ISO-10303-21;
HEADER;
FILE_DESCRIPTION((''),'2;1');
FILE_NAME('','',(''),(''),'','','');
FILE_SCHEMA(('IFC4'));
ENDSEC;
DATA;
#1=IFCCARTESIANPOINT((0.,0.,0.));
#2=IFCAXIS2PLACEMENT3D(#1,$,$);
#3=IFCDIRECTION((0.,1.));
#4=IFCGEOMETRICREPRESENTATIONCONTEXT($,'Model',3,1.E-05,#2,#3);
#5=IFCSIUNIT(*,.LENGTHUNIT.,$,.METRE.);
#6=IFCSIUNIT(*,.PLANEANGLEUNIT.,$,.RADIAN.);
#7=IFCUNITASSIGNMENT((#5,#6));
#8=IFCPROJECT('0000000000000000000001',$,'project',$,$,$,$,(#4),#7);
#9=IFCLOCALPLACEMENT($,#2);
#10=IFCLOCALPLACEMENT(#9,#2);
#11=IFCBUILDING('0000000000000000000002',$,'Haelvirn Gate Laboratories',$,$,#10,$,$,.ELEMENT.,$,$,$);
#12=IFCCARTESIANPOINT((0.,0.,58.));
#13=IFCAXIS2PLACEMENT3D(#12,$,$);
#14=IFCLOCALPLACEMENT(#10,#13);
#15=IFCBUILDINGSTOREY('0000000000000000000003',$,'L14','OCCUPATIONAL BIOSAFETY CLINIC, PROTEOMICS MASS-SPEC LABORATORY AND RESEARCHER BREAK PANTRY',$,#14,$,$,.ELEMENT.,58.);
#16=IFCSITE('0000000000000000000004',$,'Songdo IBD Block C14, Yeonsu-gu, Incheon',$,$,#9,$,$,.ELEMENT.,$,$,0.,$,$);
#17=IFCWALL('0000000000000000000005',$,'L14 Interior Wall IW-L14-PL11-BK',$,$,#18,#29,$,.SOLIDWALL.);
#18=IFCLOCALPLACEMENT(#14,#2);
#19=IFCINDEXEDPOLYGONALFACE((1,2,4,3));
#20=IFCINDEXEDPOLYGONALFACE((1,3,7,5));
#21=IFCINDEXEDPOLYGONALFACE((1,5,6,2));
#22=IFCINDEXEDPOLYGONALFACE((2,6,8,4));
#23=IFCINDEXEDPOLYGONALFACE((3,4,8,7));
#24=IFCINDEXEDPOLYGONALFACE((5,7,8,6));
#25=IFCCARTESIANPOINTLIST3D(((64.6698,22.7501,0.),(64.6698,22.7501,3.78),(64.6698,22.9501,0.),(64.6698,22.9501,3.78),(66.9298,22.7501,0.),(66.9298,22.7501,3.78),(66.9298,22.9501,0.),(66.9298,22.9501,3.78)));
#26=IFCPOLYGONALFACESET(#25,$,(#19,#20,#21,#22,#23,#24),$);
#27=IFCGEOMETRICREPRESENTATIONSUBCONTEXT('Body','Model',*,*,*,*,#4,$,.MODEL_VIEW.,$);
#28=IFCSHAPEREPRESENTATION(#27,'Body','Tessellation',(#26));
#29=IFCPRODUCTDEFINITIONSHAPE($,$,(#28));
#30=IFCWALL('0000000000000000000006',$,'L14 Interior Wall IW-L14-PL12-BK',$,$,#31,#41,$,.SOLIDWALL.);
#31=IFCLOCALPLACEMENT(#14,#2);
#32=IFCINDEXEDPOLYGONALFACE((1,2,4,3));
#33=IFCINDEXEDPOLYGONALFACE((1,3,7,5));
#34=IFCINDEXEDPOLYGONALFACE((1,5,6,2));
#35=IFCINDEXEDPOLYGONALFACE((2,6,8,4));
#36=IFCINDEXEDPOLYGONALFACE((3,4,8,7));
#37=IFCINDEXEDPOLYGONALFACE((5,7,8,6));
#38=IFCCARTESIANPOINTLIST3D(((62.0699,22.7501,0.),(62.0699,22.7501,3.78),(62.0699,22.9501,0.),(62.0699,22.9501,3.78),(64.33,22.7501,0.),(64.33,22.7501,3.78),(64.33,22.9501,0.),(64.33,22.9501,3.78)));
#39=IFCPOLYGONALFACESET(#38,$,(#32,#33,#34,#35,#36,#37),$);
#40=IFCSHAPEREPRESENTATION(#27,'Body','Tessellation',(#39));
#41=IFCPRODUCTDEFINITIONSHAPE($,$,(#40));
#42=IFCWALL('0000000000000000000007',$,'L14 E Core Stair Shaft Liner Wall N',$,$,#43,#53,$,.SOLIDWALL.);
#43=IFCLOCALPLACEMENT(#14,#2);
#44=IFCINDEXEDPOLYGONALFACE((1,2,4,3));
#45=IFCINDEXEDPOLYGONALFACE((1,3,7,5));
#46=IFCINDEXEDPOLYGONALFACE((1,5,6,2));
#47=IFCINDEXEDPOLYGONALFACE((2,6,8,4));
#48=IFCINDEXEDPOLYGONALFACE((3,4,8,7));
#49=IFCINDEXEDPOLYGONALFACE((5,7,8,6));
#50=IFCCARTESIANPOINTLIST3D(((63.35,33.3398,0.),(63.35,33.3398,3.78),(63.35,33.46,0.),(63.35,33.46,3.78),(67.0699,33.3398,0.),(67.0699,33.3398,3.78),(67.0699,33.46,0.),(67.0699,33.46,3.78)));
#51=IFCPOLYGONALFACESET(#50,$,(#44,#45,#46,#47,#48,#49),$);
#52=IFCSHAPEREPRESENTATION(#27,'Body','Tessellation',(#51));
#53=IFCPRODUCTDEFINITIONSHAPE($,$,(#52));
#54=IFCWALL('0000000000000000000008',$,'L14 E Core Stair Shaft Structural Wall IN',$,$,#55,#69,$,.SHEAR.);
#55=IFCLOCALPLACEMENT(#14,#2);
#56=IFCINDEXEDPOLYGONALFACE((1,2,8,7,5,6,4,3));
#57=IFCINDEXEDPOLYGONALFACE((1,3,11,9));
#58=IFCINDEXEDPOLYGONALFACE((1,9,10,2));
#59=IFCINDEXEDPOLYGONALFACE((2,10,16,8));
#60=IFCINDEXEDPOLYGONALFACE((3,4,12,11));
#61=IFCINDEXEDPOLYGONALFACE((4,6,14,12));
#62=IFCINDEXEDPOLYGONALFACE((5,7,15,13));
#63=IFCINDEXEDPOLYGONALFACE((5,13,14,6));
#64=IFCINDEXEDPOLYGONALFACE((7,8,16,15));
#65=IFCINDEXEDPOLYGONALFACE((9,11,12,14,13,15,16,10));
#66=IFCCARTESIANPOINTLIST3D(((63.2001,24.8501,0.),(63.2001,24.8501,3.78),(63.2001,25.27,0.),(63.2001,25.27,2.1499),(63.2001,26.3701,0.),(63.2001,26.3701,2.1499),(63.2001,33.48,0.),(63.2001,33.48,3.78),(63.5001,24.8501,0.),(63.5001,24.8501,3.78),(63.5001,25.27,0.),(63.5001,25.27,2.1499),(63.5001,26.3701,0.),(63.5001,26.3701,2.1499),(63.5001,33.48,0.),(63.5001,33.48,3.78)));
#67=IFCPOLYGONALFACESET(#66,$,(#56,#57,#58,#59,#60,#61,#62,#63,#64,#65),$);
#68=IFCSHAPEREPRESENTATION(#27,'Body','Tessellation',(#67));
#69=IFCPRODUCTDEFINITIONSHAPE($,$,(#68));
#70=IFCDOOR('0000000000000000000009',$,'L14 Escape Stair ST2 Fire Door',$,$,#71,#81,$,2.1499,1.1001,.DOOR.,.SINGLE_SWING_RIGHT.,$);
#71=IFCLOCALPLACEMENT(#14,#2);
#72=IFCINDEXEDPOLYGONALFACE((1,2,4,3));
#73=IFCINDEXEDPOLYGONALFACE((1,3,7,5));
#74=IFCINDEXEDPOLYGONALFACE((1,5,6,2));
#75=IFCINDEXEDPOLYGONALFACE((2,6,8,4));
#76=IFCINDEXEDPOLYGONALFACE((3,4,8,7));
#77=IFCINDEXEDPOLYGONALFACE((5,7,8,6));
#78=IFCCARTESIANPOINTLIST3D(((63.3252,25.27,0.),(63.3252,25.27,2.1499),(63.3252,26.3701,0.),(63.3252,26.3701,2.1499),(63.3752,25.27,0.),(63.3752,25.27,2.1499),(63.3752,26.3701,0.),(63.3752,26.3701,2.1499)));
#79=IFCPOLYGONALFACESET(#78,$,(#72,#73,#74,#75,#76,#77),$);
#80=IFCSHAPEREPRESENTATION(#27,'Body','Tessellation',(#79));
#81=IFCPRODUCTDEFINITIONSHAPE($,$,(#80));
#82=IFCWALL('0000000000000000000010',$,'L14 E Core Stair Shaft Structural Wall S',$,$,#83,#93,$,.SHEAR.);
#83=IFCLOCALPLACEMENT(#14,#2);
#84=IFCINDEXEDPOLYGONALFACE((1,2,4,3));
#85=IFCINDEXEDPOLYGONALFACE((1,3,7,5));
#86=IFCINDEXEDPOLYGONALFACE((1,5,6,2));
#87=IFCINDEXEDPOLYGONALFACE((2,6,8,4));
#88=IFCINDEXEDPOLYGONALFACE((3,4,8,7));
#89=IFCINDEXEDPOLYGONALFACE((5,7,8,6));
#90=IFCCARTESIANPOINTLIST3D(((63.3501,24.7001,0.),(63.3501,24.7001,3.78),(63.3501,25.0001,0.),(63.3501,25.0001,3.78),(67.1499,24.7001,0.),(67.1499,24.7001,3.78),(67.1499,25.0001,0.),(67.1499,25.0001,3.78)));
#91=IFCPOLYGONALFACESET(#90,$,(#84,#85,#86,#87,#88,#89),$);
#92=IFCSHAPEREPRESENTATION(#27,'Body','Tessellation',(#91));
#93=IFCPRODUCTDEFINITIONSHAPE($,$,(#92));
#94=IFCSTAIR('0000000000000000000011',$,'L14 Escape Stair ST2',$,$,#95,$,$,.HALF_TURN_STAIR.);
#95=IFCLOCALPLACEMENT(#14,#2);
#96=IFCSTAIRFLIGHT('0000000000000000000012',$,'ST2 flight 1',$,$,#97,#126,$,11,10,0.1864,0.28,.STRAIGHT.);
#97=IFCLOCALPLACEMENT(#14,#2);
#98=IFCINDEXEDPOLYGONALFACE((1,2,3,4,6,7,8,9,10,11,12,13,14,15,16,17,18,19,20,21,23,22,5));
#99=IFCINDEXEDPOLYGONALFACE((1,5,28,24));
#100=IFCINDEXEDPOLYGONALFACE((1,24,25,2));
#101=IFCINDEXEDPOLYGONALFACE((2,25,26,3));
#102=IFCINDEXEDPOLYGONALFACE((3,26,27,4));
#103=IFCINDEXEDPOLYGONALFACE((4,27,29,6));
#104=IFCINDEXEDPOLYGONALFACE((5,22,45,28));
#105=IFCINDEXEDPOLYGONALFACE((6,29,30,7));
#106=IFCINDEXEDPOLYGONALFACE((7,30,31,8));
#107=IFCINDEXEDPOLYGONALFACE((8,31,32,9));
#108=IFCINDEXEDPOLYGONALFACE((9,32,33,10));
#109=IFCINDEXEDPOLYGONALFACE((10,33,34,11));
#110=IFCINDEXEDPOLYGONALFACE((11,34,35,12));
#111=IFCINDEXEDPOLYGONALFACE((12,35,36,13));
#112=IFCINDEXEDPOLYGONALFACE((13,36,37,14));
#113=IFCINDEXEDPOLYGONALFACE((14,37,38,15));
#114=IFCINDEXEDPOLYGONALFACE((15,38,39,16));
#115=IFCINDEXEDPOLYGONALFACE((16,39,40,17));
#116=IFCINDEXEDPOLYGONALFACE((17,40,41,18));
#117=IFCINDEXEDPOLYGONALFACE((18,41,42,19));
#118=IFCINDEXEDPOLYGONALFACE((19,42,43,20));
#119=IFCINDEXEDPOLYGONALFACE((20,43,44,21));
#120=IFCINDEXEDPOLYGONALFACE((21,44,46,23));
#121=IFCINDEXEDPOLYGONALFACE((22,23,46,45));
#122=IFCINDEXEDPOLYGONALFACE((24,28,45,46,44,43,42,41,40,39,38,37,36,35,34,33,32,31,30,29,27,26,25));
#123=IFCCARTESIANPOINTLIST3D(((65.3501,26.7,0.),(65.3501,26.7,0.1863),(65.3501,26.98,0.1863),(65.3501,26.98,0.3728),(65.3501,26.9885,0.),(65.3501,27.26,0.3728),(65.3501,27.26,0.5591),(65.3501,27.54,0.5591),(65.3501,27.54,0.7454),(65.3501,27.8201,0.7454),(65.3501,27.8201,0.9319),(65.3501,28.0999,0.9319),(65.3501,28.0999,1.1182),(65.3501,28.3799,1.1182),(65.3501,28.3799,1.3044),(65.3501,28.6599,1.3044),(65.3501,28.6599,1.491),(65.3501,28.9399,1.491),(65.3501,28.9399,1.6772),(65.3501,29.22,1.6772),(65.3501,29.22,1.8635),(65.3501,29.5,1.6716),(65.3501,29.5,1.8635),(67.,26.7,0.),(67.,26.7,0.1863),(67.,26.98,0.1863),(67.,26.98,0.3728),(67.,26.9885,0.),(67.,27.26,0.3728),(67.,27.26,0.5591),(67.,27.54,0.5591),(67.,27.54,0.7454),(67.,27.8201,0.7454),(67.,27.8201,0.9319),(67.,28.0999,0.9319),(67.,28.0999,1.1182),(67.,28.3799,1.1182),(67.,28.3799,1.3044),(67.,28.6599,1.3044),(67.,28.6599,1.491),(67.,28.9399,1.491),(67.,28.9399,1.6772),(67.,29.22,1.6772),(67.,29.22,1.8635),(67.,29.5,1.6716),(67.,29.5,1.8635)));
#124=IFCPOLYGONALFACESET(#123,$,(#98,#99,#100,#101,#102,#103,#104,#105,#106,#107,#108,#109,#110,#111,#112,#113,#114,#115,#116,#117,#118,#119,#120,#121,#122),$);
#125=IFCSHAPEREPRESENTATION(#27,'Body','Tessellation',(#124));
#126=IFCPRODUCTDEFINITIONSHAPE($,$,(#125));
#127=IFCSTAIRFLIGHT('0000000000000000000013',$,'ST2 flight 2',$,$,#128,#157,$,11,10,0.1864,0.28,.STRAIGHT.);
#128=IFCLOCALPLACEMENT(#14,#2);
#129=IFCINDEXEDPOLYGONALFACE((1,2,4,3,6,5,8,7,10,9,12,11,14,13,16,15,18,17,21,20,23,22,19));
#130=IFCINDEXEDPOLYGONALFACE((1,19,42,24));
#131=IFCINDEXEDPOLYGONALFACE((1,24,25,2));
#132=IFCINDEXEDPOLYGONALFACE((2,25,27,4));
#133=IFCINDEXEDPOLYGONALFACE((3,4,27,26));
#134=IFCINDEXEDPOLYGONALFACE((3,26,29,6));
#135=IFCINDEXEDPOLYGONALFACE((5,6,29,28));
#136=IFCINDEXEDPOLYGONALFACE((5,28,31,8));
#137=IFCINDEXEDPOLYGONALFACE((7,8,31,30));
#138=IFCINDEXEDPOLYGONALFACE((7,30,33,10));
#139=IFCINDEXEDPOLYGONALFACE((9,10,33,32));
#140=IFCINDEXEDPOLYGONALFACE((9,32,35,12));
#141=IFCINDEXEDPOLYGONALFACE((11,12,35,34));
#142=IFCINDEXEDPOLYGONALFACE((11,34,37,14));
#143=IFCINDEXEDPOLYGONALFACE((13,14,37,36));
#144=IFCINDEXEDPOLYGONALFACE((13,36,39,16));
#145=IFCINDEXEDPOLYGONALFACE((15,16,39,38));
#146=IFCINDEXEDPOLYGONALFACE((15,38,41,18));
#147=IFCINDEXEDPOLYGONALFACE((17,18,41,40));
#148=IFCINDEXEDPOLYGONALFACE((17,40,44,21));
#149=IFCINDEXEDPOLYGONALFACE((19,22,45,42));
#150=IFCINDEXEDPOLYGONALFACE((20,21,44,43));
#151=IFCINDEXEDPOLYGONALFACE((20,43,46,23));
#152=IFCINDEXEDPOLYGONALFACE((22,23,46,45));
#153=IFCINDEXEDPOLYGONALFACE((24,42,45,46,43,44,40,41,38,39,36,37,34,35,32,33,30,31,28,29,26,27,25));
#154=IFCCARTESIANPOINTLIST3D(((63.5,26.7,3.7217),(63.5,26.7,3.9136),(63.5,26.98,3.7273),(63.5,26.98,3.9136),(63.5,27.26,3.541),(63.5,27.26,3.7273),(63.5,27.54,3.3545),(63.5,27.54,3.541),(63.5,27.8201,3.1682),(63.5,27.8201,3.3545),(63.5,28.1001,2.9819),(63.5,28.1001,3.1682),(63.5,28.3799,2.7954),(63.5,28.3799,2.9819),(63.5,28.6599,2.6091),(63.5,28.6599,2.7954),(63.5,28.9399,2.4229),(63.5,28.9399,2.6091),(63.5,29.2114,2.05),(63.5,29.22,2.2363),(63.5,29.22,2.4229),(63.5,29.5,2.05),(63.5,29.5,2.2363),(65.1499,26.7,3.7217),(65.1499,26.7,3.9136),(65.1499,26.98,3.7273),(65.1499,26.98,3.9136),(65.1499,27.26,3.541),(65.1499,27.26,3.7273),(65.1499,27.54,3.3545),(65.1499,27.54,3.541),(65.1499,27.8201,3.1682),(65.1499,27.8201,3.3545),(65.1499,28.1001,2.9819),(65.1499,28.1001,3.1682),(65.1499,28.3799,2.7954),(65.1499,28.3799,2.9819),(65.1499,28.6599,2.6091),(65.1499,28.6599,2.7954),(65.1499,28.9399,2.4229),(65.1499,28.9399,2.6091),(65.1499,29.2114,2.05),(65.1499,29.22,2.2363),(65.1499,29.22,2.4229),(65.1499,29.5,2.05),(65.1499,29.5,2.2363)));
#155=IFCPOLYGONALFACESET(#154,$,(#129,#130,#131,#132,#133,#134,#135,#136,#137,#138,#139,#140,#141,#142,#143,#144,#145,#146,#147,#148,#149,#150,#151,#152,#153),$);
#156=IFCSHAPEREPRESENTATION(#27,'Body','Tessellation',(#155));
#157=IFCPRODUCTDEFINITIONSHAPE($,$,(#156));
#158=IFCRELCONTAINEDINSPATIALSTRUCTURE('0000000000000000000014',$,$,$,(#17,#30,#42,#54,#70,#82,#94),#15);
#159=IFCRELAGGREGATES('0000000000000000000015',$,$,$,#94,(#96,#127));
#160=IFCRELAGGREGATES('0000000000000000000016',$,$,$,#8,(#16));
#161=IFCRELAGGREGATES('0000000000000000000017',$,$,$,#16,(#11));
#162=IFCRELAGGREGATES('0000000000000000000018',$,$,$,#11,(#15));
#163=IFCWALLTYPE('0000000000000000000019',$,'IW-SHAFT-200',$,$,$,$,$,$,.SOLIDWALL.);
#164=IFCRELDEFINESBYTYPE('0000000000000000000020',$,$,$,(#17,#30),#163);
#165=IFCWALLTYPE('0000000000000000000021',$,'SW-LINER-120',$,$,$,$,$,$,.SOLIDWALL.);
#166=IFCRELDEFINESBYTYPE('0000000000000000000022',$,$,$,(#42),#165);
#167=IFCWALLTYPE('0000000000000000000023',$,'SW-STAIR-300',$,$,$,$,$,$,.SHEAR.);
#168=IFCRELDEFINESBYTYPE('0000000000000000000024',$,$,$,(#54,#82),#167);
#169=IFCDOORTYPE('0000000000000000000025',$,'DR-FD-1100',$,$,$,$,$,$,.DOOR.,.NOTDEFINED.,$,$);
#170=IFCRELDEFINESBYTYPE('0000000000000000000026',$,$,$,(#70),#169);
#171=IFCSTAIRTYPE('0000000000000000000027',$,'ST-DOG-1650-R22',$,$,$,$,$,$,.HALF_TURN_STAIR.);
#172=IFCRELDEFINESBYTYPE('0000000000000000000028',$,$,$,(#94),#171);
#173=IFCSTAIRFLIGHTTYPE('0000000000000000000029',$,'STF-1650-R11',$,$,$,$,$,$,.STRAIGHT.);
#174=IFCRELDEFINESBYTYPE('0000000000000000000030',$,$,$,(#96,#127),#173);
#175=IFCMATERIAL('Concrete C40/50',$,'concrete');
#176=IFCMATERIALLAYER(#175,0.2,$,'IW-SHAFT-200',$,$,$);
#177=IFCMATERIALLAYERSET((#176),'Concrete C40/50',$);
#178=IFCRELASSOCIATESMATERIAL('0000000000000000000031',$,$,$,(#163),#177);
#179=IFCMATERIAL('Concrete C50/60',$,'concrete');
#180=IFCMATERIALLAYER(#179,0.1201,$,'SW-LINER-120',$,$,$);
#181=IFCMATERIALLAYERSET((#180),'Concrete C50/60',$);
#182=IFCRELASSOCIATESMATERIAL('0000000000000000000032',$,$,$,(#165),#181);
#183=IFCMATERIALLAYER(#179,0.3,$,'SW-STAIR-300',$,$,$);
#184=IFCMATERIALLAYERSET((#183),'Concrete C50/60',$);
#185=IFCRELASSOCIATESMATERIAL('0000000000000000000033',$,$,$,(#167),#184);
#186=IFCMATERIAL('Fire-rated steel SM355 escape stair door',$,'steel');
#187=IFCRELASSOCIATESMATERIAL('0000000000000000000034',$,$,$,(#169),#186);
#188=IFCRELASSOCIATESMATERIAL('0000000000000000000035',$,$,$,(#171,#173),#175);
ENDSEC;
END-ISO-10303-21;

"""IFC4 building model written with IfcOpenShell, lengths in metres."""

from ifc_helpers import new_model, si_unit, direction, frame, frame_2d, origin, place, context, subcontext, project, spatial, polyline, rectangle, outline, extrude, source, transform, mapped, material, layer, layer_set, type_object, type_shapes, element, fill, aggregate, save


model = new_model("IFC4")

# Units and contexts
model_context = context("Model", 3, precision=1e-05, world=origin(), true_north=direction((0.0, 1.0)))
body_context = subcontext(model_context, "Body", "Model", "MODEL_VIEW")
ifc_project = project(units=[si_unit("LENGTHUNIT", "METRE"), si_unit("PLANEANGLEUNIT", "RADIAN")], contexts=[model_context])

# Site, building, storey
site_placement = place(None, origin())
site = spatial("IfcSite", under=ifc_project, at=site_placement, Name="Songdo IBD Block C14, Yeonsu-gu, Incheon", CompositionType="ELEMENT", RefElevation=0.0)
building_placement = place(site_placement, origin())
building = spatial("IfcBuilding", under=site, at=building_placement, Name="Haelvirn Gate Laboratories", CompositionType="ELEMENT")
storey_placement = place(building_placement, frame((0.0, 0.0, 58.0)))
storey = spatial("IfcBuildingStorey", under=building, at=storey_placement, Name="L14", Description="OCCUPATIONAL BIOSAFETY CLINIC, PROTEOMICS MASS-SPEC LABORATORY AND RESEARCHER BREAK PANTRY", CompositionType="ELEMENT", Elevation=58.0)

# Walls
ifc_material_1 = material(Name="Concrete C40/50", Category="concrete")
ifc_layer_1 = layer(ifc_material_1, 0.2, Name="IW-SHAFT-200")
ifc_layer_set_1 = layer_set([ifc_layer_1], Name="Concrete C40/50")
wall_type_1 = type_object("IfcWallType", Name="IW-SHAFT-200", PredefinedType="SOLIDWALL", material=ifc_layer_set_1)
for number, where, z_axis, x_axis, name in (
    (1, (64.6699, 22.8501, 0.0), (0.0, 0.0, 1.0), (1.0, 0.0, 0.0), "L14 Interior Wall IW-L14-PL11-BK"),
    (2, (62.0701, 22.8501, 0.0), (0.0, 0.0, 1.0), (1.0, 0.0, 0.0), "L14 Interior Wall IW-L14-PL12-BK"),
):
    element("IfcWall", number, at=place(storey_placement, frame(where, z_axis=z_axis, x_axis=x_axis)), inside=storey, type_object=wall_type_1, Name=name, PredefinedType="SOLIDWALL", context=body_context, shape_type="SweptSolid", body=[
        extrude(rectangle(XDim=2.26, YDim=0.2, at=frame_2d((1.1299, 0.0))), origin(), (0.0, 0.0, 1.0), 3.78),
    ])
ifc_material_2 = material(Name="Concrete C50/60", Category="concrete")
ifc_layer_2 = layer(ifc_material_2, 0.1201, Name="SW-LINER-120")
ifc_layer_set_2 = layer_set([ifc_layer_2], Name="Concrete C50/60")
wall_type_2 = type_object("IfcWallType", Name="SW-LINER-120", PredefinedType="SOLIDWALL", material=ifc_layer_set_2)
wall_1_placement = place(storey_placement, frame((63.3501, 33.3999, 0.0), z_axis=(0.0, 0.0, 1.0), x_axis=(1.0, 0.0, 0.0)))
element("IfcWall", 3, at=wall_1_placement, inside=storey, type_object=wall_type_2, Name="L14 E Core Stair Shaft Liner Wall N", PredefinedType="SOLIDWALL", context=body_context, shape_type="SweptSolid", body=[
    extrude(rectangle(XDim=3.72, YDim=0.1201, at=frame_2d((1.8599, 0.0))), origin(), (0.0, 0.0, 1.0), 3.78),
])

# Wall, opening, door
ifc_layer_3 = layer(ifc_material_2, 0.3, Name="SW-STAIR-300")
ifc_layer_set_3 = layer_set([ifc_layer_3], Name="Concrete C50/60")
wall_type_3 = type_object("IfcWallType", Name="SW-STAIR-300", PredefinedType="SHEAR", material=ifc_layer_set_3)
wall_2_placement = place(storey_placement, frame((63.3501, 24.8501, 0.0), z_axis=(0.0, 0.0, 1.0), x_axis=(0.0, 1.0, 0.0)))
wall_2 = element("IfcWall", 4, at=wall_2_placement, inside=storey, type_object=wall_type_3, Name="L14 E Core Stair Shaft Structural Wall IN", PredefinedType="SHEAR", context=body_context, shape_type="SweptSolid", body=[
    extrude(rectangle(XDim=8.6299, YDim=0.3, at=frame_2d((4.3149, 0.0))), origin(), (0.0, 0.0, 1.0), 3.78),
])
opening_1_placement = place(wall_2_placement, frame((0.4199, 0.0, 0.0)))
opening_1 = element("IfcOpeningElement", 5, at=opening_1_placement, cuts=wall_2, PredefinedType="OPENING", context=body_context, shape_type="SweptSolid", body=[
    extrude(rectangle(XDim=1.1001, YDim=2.1499, at=frame_2d((0.55, 1.075))), frame((0.0, 0.1602, 0.0), z_axis=(0.0, -1.0, 0.0), x_axis=(1.0, 0.0, 0.0)), (0.0, 0.0, 1.0), 0.3201),
])
ifc_material_3 = material(Name="Fire-rated steel SM355 escape stair door", Category="steel")
door_type_1 = type_object("IfcDoorType", Name="DR-FD-1100", OperationType="NOTDEFINED", PredefinedType="DOOR", material=ifc_material_3)
shared_shape_1 = source(origin(), body_context, "Body", "SweptSolid", [
    extrude(rectangle(XDim=1.1001, YDim=2.1499, at=frame_2d((0.55, 1.075))), frame((0.0, 0.0249, 0.0), z_axis=(0.0, -1.0, 0.0), x_axis=(1.0, 0.0, 0.0)), (0.0, 0.0, 1.0), 0.05),
])
type_shapes(door_type_1, [shared_shape_1])
door_1_placement = place(opening_1_placement, origin())
door_1 = element("IfcDoor", 6, at=door_1_placement, inside=storey, type_object=door_type_1, Name="L14 Escape Stair ST2 Fire Door", OperationType="SINGLE_SWING_RIGHT", OverallHeight=2.1499, OverallWidth=1.1001, PredefinedType="DOOR", context=body_context, shape_type="MappedRepresentation", body=[
    mapped(shared_shape_1, transform((0.0, 0.0, 0.0), scale=1.0)),
])
fill(opening_1, door_1)

# Wall
wall_3_placement = place(storey_placement, frame((63.3501, 24.8501, 0.0), z_axis=(0.0, 0.0, 1.0), x_axis=(1.0, 0.0, 0.0)))
element("IfcWall", 7, at=wall_3_placement, inside=storey, type_object=wall_type_3, Name="L14 E Core Stair Shaft Structural Wall S", PredefinedType="SHEAR", context=body_context, shape_type="SweptSolid", body=[
    extrude(rectangle(XDim=3.7998, YDim=0.3, at=frame_2d((1.8999, 0.0))), origin(), (0.0, 0.0, 1.0), 3.78),
])

# Stair, stair flights
stair_type = type_object("IfcStairType", Name="ST-DOG-1650-R22", PredefinedType="HALF_TURN_STAIR", material=ifc_material_1)
stair_placement = place(storey_placement, origin())
stair = element("IfcStair", 8, at=stair_placement, inside=storey, type_object=stair_type, Name="L14 Escape Stair ST2", PredefinedType="HALF_TURN_STAIR")
stair_flight_type = type_object("IfcStairFlightType", Name="STF-1650-R11", PredefinedType="STRAIGHT", material=ifc_material_1)
shared_shape_2 = source(origin(), body_context, "Body", "SweptSolid", [
    extrude(outline(polyline([(0.0, 0.0), (0.0, 0.1863), (0.28, 0.1863), (0.28, 0.3728), (0.5601, 0.3728), (0.5601, 0.5591), (0.8401, 0.5591), (0.8401, 0.7454), (1.1201, 0.7454), (1.1201, 0.9319), (1.3999, 0.9319), (1.3999, 1.1182), (1.6799, 1.1182), (1.6799, 1.3044), (1.96, 1.3044), (1.96, 1.491), (2.24, 1.491), (2.24, 1.6772), (2.52, 1.6772), (2.52, 1.8635), (2.8, 1.8635), (2.8, 2.05), (2.8, 1.6716), (0.2886, 0.0), (0.0, 0.0)])), frame((0.0, 0.825, 0.0), z_axis=(0.0, -1.0, 0.0), x_axis=(1.0, 0.0, 0.0)), (0.0, 0.0, 1.0), 1.6499),
])
type_shapes(stair_flight_type, [shared_shape_2])
stair_flight_1_placement = place(storey_placement, frame((66.175, 26.7, 0.0), z_axis=(0.0, 0.0, 1.0), x_axis=(0.0, 1.0, 0.0)))
stair_flight_1 = element("IfcStairFlight", 9, at=stair_flight_1_placement, type_object=stair_flight_type, Name="ST2 flight 1", NumberOfRisers=11, NumberOfTreads=10, PredefinedType="STRAIGHT", RiserHeight=0.1864, TreadLength=0.28, context=body_context, shape_type="MappedRepresentation", body=[
    mapped(shared_shape_2, transform((0.0, 0.0, 0.0), scale=1.0)),
])
stair_flight_2_placement = place(storey_placement, frame((64.325, 29.5, 2.05), z_axis=(0.0, 0.0, 1.0), x_axis=(0.0, -1.0, 0.0)))
stair_flight_2 = element("IfcStairFlight", 10, at=stair_flight_2_placement, type_object=stair_flight_type, Name="ST2 flight 2", NumberOfRisers=11, NumberOfTreads=10, PredefinedType="STRAIGHT", RiserHeight=0.1864, TreadLength=0.28, context=body_context, shape_type="MappedRepresentation", body=[
    mapped(shared_shape_2, transform((0.0, 0.0, 0.0), scale=1.0)),
])
aggregate(stair, [stair_flight_1, stair_flight_2])

save(model, "model.ifc")
